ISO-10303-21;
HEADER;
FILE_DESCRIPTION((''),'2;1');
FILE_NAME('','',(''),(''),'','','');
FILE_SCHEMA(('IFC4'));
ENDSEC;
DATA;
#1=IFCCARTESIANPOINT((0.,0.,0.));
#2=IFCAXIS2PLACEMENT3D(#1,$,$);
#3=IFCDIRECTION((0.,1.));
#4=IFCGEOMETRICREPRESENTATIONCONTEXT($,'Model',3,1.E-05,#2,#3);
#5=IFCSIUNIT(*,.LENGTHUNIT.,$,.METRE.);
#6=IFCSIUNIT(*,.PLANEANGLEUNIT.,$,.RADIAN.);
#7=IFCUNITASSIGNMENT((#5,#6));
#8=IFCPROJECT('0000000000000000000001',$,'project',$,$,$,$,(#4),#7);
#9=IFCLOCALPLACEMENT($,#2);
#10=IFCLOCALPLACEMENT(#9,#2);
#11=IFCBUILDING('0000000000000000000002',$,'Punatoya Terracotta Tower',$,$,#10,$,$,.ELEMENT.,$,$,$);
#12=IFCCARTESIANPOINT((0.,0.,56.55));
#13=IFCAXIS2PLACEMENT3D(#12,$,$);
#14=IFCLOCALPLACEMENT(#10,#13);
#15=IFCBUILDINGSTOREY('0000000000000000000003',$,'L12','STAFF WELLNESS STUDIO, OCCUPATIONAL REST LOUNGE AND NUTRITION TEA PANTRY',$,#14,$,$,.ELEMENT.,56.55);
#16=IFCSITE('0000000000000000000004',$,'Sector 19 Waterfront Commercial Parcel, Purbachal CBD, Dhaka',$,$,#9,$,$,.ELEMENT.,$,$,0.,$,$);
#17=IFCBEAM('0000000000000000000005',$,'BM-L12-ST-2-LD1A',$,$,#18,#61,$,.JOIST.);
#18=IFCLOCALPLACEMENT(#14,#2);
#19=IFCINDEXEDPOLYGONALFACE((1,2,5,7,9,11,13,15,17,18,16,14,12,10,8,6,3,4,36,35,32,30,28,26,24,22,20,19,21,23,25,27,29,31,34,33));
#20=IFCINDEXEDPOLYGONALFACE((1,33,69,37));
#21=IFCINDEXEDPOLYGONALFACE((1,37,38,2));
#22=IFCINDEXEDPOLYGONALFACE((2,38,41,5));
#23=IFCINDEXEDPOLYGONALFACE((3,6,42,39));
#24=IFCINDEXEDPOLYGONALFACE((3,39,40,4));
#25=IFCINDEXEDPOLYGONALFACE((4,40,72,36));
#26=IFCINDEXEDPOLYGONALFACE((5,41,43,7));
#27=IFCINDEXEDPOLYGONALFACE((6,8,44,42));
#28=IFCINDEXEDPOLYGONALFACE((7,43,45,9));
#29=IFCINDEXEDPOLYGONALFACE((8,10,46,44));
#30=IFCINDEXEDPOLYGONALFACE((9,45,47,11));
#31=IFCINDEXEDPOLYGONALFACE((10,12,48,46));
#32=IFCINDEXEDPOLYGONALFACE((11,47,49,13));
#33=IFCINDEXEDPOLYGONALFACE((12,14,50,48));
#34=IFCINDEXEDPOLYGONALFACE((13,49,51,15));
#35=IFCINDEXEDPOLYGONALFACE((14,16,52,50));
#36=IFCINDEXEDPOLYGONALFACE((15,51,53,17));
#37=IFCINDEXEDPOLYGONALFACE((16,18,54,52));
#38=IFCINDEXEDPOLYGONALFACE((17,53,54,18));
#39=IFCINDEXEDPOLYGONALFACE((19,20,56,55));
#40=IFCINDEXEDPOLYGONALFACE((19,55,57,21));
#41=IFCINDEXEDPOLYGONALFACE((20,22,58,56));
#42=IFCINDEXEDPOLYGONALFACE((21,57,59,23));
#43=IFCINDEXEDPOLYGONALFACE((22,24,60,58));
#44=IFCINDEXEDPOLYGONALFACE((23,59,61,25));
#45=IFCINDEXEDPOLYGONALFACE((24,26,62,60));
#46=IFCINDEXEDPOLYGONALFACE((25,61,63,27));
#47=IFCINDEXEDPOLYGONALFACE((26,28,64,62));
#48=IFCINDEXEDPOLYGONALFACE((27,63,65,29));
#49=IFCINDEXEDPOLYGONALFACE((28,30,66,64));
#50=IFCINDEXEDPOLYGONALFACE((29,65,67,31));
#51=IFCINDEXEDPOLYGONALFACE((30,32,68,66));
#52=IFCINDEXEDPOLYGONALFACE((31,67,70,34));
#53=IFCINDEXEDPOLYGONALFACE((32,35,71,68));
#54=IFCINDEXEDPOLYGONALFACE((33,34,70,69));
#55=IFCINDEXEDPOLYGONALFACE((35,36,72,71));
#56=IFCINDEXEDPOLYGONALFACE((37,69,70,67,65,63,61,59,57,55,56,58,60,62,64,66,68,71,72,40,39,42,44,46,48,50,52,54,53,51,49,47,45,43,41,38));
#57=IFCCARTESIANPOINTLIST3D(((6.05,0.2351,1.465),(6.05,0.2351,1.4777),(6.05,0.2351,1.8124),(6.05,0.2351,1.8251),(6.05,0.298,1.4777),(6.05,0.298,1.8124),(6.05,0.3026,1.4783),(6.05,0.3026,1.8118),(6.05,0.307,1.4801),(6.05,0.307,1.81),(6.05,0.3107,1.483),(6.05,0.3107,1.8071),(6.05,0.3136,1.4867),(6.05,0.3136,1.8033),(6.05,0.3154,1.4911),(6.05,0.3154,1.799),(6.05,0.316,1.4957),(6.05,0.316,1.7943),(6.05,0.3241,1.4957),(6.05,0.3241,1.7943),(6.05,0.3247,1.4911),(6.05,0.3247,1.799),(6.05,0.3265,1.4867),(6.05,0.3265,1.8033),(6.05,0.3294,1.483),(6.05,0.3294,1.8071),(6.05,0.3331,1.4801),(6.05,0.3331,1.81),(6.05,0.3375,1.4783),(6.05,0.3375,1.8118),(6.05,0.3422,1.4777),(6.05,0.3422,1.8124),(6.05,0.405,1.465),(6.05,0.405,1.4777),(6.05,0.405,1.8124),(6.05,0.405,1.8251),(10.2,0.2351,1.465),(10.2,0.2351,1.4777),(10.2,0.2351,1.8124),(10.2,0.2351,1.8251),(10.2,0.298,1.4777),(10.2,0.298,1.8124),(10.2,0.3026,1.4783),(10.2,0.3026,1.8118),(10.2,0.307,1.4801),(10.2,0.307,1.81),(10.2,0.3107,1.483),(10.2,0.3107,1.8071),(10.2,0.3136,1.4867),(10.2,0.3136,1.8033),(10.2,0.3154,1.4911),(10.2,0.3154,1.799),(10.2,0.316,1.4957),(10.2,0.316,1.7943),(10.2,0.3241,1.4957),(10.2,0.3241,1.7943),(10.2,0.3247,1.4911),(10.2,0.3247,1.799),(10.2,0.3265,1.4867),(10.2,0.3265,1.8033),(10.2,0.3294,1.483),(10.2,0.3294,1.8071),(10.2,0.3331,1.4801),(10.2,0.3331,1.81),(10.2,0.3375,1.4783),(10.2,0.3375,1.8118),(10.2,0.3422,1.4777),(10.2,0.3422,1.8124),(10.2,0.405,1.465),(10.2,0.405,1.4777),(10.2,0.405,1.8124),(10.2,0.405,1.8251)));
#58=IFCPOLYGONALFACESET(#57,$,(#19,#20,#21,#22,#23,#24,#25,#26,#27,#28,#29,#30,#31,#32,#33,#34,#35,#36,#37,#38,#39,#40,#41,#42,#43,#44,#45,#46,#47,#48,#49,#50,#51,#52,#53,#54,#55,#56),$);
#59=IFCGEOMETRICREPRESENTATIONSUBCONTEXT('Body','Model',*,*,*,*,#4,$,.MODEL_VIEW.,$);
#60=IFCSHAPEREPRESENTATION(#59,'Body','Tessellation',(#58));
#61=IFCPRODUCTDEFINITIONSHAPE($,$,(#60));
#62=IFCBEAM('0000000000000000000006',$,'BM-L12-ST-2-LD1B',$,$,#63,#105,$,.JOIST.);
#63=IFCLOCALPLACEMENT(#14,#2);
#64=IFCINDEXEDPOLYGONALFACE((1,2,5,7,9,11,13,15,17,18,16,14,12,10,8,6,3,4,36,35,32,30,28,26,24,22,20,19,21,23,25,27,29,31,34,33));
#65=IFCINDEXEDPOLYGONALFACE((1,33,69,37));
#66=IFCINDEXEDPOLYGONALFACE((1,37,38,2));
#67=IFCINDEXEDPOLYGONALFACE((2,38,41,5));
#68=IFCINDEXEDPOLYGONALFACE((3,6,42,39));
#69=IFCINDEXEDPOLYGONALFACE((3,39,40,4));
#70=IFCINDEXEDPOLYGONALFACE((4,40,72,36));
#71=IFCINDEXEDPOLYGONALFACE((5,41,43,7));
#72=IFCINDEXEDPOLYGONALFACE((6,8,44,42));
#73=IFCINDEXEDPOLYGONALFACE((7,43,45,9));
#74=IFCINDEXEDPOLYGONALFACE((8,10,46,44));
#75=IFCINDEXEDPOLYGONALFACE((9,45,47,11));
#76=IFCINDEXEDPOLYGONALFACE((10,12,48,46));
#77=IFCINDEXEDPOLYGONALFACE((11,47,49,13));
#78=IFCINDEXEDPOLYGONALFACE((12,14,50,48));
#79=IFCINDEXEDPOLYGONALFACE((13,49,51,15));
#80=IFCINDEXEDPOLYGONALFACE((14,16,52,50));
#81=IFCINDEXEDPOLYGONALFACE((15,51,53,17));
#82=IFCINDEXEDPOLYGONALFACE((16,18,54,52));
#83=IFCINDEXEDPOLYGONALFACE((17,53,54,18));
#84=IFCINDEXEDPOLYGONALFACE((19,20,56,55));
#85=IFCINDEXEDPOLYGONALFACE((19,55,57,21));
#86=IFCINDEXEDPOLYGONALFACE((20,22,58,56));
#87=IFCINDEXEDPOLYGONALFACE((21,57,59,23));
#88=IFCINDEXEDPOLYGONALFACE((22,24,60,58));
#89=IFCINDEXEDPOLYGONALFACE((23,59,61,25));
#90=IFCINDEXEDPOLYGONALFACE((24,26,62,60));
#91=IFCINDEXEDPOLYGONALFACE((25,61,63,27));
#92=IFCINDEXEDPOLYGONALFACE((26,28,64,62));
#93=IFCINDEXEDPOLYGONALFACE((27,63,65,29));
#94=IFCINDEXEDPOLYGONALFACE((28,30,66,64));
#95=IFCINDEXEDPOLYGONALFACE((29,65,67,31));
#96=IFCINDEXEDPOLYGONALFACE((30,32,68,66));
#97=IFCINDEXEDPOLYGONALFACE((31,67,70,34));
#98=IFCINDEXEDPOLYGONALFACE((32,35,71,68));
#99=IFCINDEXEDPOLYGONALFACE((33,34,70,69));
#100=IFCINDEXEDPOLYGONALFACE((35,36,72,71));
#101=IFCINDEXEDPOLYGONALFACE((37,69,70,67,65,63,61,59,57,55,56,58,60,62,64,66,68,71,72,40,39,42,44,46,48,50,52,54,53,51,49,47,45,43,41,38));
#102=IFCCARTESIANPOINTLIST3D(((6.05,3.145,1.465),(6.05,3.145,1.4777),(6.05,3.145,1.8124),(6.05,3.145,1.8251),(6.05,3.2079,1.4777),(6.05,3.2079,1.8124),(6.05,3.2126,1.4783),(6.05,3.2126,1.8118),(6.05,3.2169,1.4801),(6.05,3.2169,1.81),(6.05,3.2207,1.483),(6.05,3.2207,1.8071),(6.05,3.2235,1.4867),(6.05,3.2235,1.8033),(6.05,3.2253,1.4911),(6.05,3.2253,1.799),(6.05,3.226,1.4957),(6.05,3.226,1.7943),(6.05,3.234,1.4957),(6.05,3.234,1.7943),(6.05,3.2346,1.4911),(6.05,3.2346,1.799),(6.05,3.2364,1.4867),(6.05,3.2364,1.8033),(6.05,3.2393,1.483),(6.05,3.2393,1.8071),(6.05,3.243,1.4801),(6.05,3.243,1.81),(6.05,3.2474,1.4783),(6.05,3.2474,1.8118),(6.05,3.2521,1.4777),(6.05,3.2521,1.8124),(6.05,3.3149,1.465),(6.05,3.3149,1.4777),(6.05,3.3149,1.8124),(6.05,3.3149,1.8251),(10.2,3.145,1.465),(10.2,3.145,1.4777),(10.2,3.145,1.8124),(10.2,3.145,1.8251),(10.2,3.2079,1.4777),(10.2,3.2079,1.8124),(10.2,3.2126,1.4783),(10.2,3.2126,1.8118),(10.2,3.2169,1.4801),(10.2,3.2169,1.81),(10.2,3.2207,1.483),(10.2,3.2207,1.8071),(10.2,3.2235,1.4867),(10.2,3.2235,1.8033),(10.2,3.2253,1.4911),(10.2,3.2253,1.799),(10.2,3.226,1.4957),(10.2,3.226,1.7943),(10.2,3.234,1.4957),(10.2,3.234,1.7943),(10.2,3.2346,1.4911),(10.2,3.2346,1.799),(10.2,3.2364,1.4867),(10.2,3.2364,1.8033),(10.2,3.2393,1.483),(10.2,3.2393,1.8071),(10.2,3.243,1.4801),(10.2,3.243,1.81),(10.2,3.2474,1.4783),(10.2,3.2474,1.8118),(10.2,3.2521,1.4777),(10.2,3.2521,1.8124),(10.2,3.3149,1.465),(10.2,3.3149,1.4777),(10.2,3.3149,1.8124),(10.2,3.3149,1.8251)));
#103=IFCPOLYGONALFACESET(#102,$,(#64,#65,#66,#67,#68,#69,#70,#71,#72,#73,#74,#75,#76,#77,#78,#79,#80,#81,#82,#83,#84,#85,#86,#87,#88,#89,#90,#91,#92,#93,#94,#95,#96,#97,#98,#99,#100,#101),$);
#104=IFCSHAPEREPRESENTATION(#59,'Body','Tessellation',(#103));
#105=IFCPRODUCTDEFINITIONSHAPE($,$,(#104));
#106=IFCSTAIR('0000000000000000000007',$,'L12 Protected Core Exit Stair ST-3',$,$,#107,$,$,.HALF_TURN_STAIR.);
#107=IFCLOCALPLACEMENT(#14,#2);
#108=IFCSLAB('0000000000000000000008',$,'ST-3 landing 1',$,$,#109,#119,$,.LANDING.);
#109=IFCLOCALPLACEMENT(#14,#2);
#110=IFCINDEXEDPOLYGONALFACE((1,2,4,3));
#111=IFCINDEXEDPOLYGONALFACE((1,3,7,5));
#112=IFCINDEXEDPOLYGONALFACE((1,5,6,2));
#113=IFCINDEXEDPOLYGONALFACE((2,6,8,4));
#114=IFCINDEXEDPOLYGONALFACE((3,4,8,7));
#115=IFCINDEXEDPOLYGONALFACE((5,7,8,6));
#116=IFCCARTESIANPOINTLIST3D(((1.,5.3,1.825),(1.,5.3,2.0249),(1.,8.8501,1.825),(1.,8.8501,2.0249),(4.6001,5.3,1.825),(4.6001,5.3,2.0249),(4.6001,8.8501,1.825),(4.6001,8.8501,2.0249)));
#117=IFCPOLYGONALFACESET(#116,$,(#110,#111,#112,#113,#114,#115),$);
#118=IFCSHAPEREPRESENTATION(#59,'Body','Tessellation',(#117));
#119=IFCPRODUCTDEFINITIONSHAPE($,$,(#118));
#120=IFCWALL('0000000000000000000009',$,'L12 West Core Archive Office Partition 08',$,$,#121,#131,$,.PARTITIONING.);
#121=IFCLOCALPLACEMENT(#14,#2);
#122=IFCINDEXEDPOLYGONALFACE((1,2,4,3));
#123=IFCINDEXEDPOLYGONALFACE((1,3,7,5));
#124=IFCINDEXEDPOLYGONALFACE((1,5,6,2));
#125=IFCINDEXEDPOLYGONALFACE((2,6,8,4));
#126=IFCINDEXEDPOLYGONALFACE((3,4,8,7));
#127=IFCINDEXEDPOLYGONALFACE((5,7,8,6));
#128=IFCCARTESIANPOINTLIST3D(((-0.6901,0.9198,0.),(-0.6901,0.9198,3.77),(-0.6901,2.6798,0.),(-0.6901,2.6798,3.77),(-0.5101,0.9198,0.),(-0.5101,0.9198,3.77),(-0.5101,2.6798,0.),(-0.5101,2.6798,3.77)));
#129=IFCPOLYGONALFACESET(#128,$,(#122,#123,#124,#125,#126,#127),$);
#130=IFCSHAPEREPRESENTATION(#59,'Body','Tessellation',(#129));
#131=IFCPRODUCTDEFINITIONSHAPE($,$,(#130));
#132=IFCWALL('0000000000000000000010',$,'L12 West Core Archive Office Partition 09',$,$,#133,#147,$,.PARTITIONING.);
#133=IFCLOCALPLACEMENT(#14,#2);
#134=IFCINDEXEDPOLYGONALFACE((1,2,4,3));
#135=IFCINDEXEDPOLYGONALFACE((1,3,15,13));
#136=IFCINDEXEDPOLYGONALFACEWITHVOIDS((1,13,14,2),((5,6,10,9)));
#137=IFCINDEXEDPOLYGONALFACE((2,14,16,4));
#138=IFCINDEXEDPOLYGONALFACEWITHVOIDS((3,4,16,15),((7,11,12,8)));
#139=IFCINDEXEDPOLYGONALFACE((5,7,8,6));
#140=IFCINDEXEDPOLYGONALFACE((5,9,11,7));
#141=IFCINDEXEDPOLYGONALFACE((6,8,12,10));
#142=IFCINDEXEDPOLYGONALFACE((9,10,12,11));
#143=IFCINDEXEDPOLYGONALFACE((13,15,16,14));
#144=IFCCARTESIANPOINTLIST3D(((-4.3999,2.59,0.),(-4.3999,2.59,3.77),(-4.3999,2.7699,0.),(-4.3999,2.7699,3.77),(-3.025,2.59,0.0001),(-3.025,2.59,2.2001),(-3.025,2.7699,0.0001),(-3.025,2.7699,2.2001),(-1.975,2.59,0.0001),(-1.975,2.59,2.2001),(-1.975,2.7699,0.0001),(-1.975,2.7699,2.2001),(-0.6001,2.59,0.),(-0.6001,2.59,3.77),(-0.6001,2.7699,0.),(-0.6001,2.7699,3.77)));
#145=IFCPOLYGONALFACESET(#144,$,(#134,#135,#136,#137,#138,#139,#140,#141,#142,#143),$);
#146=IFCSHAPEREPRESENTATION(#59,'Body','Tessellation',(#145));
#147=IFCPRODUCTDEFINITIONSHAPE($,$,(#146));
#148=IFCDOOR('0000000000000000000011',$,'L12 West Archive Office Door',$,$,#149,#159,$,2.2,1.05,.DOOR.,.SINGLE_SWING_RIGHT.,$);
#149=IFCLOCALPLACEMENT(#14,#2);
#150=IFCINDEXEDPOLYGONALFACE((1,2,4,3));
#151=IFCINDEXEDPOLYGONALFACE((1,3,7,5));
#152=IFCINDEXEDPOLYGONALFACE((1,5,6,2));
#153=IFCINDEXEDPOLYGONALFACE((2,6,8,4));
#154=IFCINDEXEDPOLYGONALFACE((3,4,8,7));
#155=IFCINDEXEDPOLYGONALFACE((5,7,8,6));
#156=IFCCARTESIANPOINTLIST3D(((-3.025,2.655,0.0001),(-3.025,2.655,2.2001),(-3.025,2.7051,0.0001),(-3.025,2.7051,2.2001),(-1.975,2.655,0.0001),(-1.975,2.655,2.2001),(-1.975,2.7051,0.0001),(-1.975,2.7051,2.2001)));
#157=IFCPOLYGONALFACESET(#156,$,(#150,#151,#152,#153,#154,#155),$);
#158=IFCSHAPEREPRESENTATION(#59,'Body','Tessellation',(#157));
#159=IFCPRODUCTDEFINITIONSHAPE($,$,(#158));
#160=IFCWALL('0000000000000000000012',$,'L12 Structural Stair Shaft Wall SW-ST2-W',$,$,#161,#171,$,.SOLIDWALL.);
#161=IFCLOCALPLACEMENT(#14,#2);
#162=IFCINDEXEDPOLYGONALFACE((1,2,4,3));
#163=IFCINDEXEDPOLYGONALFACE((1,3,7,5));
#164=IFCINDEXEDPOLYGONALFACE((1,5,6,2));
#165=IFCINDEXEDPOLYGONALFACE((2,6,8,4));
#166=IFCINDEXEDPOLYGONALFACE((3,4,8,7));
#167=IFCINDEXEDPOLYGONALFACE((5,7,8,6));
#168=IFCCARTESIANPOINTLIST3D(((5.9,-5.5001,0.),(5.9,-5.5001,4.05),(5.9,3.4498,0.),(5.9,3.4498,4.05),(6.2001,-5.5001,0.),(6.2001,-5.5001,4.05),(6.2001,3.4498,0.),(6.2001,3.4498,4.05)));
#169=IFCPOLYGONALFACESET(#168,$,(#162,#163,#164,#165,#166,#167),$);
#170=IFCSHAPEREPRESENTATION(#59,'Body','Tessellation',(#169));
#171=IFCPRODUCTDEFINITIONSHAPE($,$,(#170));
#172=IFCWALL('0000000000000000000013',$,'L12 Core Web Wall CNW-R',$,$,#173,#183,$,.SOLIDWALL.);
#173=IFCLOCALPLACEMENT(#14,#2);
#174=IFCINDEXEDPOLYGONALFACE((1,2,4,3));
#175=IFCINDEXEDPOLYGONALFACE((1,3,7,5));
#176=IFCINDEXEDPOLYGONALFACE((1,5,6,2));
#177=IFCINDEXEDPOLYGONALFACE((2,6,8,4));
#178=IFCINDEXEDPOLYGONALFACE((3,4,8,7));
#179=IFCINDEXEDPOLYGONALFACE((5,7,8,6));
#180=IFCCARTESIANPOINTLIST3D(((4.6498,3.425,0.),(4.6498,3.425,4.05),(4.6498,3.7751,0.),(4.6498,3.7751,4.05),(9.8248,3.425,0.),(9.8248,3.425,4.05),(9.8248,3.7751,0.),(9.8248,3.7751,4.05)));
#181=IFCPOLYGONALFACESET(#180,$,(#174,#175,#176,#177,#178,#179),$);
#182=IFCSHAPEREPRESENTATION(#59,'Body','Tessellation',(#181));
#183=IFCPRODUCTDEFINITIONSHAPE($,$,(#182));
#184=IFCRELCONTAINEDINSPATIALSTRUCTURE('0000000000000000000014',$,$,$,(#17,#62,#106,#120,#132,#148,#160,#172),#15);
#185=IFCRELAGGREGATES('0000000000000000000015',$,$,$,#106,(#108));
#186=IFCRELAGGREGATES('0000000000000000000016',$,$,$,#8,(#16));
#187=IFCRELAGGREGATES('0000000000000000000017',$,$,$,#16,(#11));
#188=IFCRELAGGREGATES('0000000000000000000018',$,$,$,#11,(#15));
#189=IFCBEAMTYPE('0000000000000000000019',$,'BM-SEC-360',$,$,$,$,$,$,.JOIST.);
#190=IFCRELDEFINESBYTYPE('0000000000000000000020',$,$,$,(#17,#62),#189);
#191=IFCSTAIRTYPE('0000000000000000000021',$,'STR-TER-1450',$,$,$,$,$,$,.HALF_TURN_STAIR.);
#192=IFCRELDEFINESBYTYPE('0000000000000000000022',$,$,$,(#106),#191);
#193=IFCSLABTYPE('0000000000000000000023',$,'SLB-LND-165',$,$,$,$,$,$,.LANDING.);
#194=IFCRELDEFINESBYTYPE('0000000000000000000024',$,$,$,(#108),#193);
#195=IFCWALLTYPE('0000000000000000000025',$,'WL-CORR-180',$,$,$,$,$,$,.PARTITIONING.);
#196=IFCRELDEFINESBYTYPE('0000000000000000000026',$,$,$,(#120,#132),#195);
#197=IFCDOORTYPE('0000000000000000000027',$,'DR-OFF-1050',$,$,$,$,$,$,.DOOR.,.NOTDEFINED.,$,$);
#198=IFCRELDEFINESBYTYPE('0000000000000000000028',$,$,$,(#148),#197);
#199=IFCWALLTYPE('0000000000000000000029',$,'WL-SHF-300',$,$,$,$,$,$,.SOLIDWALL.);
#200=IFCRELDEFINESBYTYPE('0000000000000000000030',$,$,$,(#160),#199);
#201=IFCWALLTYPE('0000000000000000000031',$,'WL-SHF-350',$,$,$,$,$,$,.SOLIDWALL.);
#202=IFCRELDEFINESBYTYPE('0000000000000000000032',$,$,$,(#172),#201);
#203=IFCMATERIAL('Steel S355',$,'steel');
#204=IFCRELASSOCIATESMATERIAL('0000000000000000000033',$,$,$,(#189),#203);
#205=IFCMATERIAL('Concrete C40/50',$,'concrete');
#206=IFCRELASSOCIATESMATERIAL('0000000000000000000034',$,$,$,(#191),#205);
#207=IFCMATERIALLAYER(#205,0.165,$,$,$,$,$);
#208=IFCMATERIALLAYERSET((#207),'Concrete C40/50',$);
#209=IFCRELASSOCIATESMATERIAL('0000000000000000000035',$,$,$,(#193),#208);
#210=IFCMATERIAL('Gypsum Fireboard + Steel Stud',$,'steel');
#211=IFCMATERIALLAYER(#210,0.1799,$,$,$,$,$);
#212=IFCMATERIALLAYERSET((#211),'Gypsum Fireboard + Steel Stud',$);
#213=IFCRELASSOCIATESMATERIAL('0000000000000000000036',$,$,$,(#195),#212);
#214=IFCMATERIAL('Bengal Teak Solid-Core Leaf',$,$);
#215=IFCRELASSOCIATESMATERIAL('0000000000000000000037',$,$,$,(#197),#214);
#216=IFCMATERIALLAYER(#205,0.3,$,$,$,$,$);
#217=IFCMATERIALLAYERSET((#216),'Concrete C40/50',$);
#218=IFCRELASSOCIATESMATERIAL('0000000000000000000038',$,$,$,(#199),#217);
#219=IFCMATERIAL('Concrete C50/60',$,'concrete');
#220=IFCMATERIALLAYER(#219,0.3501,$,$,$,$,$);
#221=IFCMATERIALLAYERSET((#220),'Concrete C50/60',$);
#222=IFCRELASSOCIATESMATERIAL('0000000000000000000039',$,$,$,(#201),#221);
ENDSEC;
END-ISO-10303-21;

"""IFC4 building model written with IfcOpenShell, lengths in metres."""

from ifc_helpers import new_model, si_unit, direction, frame, frame_2d, origin, origin_2d, place, context, subcontext, project, spatial, polyline, rectangle, i_section, outline, extrude, material, layer, layer_set, material_profile, profile_set, type_object, element, fill, aggregate, save


model = new_model("IFC4")

# Units and contexts
model_context = context("Model", 3, precision=1e-05, world=origin(), true_north=direction((0.0, 1.0)))
body_context = subcontext(model_context, "Body", "Model", "MODEL_VIEW")
ifc_project = project(units=[si_unit("LENGTHUNIT", "METRE"), si_unit("PLANEANGLEUNIT", "RADIAN")], contexts=[model_context])

# Site, building, storey
site_placement = place(None, origin())
site = spatial("IfcSite", under=ifc_project, at=site_placement, Name="Sector 19 Waterfront Commercial Parcel, Purbachal CBD, Dhaka", CompositionType="ELEMENT", RefElevation=0.0)
building_placement = place(site_placement, origin())
building = spatial("IfcBuilding", under=site, at=building_placement, Name="Punatoya Terracotta Tower", CompositionType="ELEMENT")
storey_placement = place(building_placement, frame((0.0, 0.0, 56.55)))
storey = spatial("IfcBuildingStorey", under=building, at=storey_placement, Name="L12", Description="STAFF WELLNESS STUDIO, OCCUPATIONAL REST LOUNGE AND NUTRITION TEA PANTRY", CompositionType="ELEMENT", Elevation=56.55)

# Beams
ifc_material_1 = material(Name="Steel S355", Category="steel")
ifc_material_profile = material_profile(ifc_material_1, i_section(OverallWidth=0.1699, OverallDepth=0.3601, WebThickness=0.0081, FlangeThickness=0.0127, FilletRadius=0.0181, at=origin_2d()))
ifc_profile_set = profile_set([ifc_material_profile], Name="Steel S355")
beam_type = type_object("IfcBeamType", Name="BM-SEC-360", PredefinedType="JOIST", material=ifc_profile_set)
for number, where, z_axis, x_axis, name in (
    (1, (6.05, 0.3201, 1.645), (1.0, 0.0, 0.0), (0.0, 1.0, 0.0), "BM-L12-ST-2-LD1A"),
    (2, (6.05, 3.23, 1.645), (1.0, 0.0, 0.0), (0.0, 1.0, 0.0), "BM-L12-ST-2-LD1B"),
):
    element("IfcBeam", number, at=place(storey_placement, frame(where, z_axis=z_axis, x_axis=x_axis)), inside=storey, type_object=beam_type, Name=name, PredefinedType="JOIST", context=body_context, shape_type="SweptSolid", body=[
        extrude(i_section(OverallWidth=0.1699, OverallDepth=0.3601, WebThickness=0.0081, FlangeThickness=0.0127, FilletRadius=0.0181, at=origin_2d()), origin(), (0.0, 0.0, 1.0), 4.1499),
    ])

# Stair, slab
ifc_material_2 = material(Name="Concrete C40/50", Category="concrete")
stair_type_1 = type_object("IfcStairType", Name="STR-TER-1450", PredefinedType="HALF_TURN_STAIR", material=ifc_material_2)
stair_1_placement = place(storey_placement, origin())
stair_1 = element("IfcStair", 3, at=stair_1_placement, inside=storey, type_object=stair_type_1, Name="L12 Protected Core Exit Stair ST-3", PredefinedType="HALF_TURN_STAIR")
ifc_layer_1 = layer(ifc_material_2, 0.165)
ifc_layer_set_1 = layer_set([ifc_layer_1], Name="Concrete C40/50")
slab_type = type_object("IfcSlabType", Name="SLB-LND-165", PredefinedType="LANDING", material=ifc_layer_set_1)
slab_placement = place(storey_placement, frame((0.0, 0.0, 1.825)))
slab = element("IfcSlab", 4, at=slab_placement, type_object=slab_type, Name="ST-3 landing 1", PredefinedType="LANDING", context=body_context, shape_type="SweptSolid", body=[
    extrude(outline(polyline([(1.0, 5.3), (4.6001, 5.3), (4.6001, 8.8501), (1.0, 8.8501), (1.0, 5.3)])), origin(), (0.0, 0.0, 1.0), 0.2),
])
aggregate(stair_1, [slab])

# Wall
ifc_material_3 = material(Name="Gypsum Fireboard + Steel Stud", Category="steel")
ifc_layer_2 = layer(ifc_material_3, 0.1799)
ifc_layer_set_2 = layer_set([ifc_layer_2], Name="Gypsum Fireboard + Steel Stud")
wall_type_1 = type_object("IfcWallType", Name="WL-CORR-180", PredefinedType="PARTITIONING", material=ifc_layer_set_2)
wall_1_placement = place(storey_placement, frame((-0.6001, 0.9199, 0.0), z_axis=(0.0, 0.0, 1.0), x_axis=(0.0, 1.0, 0.0)))
element("IfcWall", 5, at=wall_1_placement, inside=storey, type_object=wall_type_1, Name="L12 West Core Archive Office Partition 08", PredefinedType="PARTITIONING", context=body_context, shape_type="SweptSolid", body=[
    extrude(rectangle(XDim=1.76, YDim=0.1799, at=frame_2d((0.8799, 0.0))), origin(), (0.0, 0.0, 1.0), 3.77),
])

# Wall, opening, door
wall_2_placement = place(storey_placement, frame((-0.6001, 2.6799, 0.0), z_axis=(0.0, 0.0, 1.0), x_axis=(-1.0, 0.0, 0.0)))
wall_2 = element("IfcWall", 6, at=wall_2_placement, inside=storey, type_object=wall_type_1, Name="L12 West Core Archive Office Partition 09", PredefinedType="PARTITIONING", context=body_context, shape_type="SweptSolid", body=[
    extrude(rectangle(XDim=3.7998, YDim=0.1799, at=frame_2d((1.8999, 0.0))), origin(), (0.0, 0.0, 1.0), 3.77),
])
opening_placement = place(wall_2_placement, frame((1.375, 0.0, 0.0)))
opening = element("IfcOpeningElement", 7, at=opening_placement, cuts=wall_2, PredefinedType="OPENING", context=body_context, shape_type="SweptSolid", body=[
    extrude(rectangle(XDim=1.05, YDim=2.2, at=frame_2d((0.5249, 1.1001))), frame((0.0, 0.0999, 0.0), z_axis=(0.0, -1.0, 0.0), x_axis=(1.0, 0.0, 0.0)), (0.0, 0.0, 1.0), 0.2),
])
ifc_material_4 = material(Name="Bengal Teak Solid-Core Leaf")
door_type = type_object("IfcDoorType", Name="DR-OFF-1050", OperationType="NOTDEFINED", PredefinedType="DOOR", material=ifc_material_4)
door_placement = place(opening_placement, origin())
door = element("IfcDoor", 8, at=door_placement, inside=storey, type_object=door_type, Name="L12 West Archive Office Door", OperationType="SINGLE_SWING_RIGHT", OverallHeight=2.2, OverallWidth=1.05, PredefinedType="DOOR", context=body_context, shape_type="SweptSolid", body=[
    extrude(rectangle(XDim=1.05, YDim=2.2, at=frame_2d((0.5249, 1.1001))), frame((0.0, 0.0249, 0.0), z_axis=(0.0, -1.0, 0.0), x_axis=(1.0, 0.0, 0.0)), (0.0, 0.0, 1.0), 0.05),
])
fill(opening, door)

# Walls
ifc_layer_3 = layer(ifc_material_2, 0.3)
ifc_layer_set_3 = layer_set([ifc_layer_3], Name="Concrete C40/50")
wall_type_2 = type_object("IfcWallType", Name="WL-SHF-300", PredefinedType="SOLIDWALL", material=ifc_layer_set_3)
wall_3_placement = place(storey_placement, frame((6.05, 3.45, 0.0), z_axis=(0.0, 0.0, 1.0), x_axis=(0.0, -1.0, 0.0)))
element("IfcWall", 9, at=wall_3_placement, inside=storey, type_object=wall_type_2, Name="L12 Structural Stair Shaft Wall SW-ST2-W", PredefinedType="SOLIDWALL", context=body_context, shape_type="SweptSolid", body=[
    extrude(rectangle(XDim=8.95, YDim=0.3, at=frame_2d((4.4751, 0.0))), origin(), (0.0, 0.0, 1.0), 4.05),
])
ifc_material_5 = material(Name="Concrete C50/60", Category="concrete")
ifc_layer_4 = layer(ifc_material_5, 0.3501)
ifc_layer_set_4 = layer_set([ifc_layer_4], Name="Concrete C50/60")
wall_type_3 = type_object("IfcWallType", Name="WL-SHF-350", PredefinedType="SOLIDWALL", material=ifc_layer_set_4)
wall_4_placement = place(storey_placement, frame((4.6499, 3.6001, 0.0), z_axis=(0.0, 0.0, 1.0), x_axis=(1.0, 0.0, 0.0)))
element("IfcWall", 10, at=wall_4_placement, inside=storey, type_object=wall_type_3, Name="L12 Core Web Wall CNW-R", PredefinedType="SOLIDWALL", context=body_context, shape_type="SweptSolid", body=[
    extrude(rectangle(XDim=5.175, YDim=0.3501, at=frame_2d((2.5874, 0.0))), origin(), (0.0, 0.0, 1.0), 4.05),
])

save(model, "model.ifc")
